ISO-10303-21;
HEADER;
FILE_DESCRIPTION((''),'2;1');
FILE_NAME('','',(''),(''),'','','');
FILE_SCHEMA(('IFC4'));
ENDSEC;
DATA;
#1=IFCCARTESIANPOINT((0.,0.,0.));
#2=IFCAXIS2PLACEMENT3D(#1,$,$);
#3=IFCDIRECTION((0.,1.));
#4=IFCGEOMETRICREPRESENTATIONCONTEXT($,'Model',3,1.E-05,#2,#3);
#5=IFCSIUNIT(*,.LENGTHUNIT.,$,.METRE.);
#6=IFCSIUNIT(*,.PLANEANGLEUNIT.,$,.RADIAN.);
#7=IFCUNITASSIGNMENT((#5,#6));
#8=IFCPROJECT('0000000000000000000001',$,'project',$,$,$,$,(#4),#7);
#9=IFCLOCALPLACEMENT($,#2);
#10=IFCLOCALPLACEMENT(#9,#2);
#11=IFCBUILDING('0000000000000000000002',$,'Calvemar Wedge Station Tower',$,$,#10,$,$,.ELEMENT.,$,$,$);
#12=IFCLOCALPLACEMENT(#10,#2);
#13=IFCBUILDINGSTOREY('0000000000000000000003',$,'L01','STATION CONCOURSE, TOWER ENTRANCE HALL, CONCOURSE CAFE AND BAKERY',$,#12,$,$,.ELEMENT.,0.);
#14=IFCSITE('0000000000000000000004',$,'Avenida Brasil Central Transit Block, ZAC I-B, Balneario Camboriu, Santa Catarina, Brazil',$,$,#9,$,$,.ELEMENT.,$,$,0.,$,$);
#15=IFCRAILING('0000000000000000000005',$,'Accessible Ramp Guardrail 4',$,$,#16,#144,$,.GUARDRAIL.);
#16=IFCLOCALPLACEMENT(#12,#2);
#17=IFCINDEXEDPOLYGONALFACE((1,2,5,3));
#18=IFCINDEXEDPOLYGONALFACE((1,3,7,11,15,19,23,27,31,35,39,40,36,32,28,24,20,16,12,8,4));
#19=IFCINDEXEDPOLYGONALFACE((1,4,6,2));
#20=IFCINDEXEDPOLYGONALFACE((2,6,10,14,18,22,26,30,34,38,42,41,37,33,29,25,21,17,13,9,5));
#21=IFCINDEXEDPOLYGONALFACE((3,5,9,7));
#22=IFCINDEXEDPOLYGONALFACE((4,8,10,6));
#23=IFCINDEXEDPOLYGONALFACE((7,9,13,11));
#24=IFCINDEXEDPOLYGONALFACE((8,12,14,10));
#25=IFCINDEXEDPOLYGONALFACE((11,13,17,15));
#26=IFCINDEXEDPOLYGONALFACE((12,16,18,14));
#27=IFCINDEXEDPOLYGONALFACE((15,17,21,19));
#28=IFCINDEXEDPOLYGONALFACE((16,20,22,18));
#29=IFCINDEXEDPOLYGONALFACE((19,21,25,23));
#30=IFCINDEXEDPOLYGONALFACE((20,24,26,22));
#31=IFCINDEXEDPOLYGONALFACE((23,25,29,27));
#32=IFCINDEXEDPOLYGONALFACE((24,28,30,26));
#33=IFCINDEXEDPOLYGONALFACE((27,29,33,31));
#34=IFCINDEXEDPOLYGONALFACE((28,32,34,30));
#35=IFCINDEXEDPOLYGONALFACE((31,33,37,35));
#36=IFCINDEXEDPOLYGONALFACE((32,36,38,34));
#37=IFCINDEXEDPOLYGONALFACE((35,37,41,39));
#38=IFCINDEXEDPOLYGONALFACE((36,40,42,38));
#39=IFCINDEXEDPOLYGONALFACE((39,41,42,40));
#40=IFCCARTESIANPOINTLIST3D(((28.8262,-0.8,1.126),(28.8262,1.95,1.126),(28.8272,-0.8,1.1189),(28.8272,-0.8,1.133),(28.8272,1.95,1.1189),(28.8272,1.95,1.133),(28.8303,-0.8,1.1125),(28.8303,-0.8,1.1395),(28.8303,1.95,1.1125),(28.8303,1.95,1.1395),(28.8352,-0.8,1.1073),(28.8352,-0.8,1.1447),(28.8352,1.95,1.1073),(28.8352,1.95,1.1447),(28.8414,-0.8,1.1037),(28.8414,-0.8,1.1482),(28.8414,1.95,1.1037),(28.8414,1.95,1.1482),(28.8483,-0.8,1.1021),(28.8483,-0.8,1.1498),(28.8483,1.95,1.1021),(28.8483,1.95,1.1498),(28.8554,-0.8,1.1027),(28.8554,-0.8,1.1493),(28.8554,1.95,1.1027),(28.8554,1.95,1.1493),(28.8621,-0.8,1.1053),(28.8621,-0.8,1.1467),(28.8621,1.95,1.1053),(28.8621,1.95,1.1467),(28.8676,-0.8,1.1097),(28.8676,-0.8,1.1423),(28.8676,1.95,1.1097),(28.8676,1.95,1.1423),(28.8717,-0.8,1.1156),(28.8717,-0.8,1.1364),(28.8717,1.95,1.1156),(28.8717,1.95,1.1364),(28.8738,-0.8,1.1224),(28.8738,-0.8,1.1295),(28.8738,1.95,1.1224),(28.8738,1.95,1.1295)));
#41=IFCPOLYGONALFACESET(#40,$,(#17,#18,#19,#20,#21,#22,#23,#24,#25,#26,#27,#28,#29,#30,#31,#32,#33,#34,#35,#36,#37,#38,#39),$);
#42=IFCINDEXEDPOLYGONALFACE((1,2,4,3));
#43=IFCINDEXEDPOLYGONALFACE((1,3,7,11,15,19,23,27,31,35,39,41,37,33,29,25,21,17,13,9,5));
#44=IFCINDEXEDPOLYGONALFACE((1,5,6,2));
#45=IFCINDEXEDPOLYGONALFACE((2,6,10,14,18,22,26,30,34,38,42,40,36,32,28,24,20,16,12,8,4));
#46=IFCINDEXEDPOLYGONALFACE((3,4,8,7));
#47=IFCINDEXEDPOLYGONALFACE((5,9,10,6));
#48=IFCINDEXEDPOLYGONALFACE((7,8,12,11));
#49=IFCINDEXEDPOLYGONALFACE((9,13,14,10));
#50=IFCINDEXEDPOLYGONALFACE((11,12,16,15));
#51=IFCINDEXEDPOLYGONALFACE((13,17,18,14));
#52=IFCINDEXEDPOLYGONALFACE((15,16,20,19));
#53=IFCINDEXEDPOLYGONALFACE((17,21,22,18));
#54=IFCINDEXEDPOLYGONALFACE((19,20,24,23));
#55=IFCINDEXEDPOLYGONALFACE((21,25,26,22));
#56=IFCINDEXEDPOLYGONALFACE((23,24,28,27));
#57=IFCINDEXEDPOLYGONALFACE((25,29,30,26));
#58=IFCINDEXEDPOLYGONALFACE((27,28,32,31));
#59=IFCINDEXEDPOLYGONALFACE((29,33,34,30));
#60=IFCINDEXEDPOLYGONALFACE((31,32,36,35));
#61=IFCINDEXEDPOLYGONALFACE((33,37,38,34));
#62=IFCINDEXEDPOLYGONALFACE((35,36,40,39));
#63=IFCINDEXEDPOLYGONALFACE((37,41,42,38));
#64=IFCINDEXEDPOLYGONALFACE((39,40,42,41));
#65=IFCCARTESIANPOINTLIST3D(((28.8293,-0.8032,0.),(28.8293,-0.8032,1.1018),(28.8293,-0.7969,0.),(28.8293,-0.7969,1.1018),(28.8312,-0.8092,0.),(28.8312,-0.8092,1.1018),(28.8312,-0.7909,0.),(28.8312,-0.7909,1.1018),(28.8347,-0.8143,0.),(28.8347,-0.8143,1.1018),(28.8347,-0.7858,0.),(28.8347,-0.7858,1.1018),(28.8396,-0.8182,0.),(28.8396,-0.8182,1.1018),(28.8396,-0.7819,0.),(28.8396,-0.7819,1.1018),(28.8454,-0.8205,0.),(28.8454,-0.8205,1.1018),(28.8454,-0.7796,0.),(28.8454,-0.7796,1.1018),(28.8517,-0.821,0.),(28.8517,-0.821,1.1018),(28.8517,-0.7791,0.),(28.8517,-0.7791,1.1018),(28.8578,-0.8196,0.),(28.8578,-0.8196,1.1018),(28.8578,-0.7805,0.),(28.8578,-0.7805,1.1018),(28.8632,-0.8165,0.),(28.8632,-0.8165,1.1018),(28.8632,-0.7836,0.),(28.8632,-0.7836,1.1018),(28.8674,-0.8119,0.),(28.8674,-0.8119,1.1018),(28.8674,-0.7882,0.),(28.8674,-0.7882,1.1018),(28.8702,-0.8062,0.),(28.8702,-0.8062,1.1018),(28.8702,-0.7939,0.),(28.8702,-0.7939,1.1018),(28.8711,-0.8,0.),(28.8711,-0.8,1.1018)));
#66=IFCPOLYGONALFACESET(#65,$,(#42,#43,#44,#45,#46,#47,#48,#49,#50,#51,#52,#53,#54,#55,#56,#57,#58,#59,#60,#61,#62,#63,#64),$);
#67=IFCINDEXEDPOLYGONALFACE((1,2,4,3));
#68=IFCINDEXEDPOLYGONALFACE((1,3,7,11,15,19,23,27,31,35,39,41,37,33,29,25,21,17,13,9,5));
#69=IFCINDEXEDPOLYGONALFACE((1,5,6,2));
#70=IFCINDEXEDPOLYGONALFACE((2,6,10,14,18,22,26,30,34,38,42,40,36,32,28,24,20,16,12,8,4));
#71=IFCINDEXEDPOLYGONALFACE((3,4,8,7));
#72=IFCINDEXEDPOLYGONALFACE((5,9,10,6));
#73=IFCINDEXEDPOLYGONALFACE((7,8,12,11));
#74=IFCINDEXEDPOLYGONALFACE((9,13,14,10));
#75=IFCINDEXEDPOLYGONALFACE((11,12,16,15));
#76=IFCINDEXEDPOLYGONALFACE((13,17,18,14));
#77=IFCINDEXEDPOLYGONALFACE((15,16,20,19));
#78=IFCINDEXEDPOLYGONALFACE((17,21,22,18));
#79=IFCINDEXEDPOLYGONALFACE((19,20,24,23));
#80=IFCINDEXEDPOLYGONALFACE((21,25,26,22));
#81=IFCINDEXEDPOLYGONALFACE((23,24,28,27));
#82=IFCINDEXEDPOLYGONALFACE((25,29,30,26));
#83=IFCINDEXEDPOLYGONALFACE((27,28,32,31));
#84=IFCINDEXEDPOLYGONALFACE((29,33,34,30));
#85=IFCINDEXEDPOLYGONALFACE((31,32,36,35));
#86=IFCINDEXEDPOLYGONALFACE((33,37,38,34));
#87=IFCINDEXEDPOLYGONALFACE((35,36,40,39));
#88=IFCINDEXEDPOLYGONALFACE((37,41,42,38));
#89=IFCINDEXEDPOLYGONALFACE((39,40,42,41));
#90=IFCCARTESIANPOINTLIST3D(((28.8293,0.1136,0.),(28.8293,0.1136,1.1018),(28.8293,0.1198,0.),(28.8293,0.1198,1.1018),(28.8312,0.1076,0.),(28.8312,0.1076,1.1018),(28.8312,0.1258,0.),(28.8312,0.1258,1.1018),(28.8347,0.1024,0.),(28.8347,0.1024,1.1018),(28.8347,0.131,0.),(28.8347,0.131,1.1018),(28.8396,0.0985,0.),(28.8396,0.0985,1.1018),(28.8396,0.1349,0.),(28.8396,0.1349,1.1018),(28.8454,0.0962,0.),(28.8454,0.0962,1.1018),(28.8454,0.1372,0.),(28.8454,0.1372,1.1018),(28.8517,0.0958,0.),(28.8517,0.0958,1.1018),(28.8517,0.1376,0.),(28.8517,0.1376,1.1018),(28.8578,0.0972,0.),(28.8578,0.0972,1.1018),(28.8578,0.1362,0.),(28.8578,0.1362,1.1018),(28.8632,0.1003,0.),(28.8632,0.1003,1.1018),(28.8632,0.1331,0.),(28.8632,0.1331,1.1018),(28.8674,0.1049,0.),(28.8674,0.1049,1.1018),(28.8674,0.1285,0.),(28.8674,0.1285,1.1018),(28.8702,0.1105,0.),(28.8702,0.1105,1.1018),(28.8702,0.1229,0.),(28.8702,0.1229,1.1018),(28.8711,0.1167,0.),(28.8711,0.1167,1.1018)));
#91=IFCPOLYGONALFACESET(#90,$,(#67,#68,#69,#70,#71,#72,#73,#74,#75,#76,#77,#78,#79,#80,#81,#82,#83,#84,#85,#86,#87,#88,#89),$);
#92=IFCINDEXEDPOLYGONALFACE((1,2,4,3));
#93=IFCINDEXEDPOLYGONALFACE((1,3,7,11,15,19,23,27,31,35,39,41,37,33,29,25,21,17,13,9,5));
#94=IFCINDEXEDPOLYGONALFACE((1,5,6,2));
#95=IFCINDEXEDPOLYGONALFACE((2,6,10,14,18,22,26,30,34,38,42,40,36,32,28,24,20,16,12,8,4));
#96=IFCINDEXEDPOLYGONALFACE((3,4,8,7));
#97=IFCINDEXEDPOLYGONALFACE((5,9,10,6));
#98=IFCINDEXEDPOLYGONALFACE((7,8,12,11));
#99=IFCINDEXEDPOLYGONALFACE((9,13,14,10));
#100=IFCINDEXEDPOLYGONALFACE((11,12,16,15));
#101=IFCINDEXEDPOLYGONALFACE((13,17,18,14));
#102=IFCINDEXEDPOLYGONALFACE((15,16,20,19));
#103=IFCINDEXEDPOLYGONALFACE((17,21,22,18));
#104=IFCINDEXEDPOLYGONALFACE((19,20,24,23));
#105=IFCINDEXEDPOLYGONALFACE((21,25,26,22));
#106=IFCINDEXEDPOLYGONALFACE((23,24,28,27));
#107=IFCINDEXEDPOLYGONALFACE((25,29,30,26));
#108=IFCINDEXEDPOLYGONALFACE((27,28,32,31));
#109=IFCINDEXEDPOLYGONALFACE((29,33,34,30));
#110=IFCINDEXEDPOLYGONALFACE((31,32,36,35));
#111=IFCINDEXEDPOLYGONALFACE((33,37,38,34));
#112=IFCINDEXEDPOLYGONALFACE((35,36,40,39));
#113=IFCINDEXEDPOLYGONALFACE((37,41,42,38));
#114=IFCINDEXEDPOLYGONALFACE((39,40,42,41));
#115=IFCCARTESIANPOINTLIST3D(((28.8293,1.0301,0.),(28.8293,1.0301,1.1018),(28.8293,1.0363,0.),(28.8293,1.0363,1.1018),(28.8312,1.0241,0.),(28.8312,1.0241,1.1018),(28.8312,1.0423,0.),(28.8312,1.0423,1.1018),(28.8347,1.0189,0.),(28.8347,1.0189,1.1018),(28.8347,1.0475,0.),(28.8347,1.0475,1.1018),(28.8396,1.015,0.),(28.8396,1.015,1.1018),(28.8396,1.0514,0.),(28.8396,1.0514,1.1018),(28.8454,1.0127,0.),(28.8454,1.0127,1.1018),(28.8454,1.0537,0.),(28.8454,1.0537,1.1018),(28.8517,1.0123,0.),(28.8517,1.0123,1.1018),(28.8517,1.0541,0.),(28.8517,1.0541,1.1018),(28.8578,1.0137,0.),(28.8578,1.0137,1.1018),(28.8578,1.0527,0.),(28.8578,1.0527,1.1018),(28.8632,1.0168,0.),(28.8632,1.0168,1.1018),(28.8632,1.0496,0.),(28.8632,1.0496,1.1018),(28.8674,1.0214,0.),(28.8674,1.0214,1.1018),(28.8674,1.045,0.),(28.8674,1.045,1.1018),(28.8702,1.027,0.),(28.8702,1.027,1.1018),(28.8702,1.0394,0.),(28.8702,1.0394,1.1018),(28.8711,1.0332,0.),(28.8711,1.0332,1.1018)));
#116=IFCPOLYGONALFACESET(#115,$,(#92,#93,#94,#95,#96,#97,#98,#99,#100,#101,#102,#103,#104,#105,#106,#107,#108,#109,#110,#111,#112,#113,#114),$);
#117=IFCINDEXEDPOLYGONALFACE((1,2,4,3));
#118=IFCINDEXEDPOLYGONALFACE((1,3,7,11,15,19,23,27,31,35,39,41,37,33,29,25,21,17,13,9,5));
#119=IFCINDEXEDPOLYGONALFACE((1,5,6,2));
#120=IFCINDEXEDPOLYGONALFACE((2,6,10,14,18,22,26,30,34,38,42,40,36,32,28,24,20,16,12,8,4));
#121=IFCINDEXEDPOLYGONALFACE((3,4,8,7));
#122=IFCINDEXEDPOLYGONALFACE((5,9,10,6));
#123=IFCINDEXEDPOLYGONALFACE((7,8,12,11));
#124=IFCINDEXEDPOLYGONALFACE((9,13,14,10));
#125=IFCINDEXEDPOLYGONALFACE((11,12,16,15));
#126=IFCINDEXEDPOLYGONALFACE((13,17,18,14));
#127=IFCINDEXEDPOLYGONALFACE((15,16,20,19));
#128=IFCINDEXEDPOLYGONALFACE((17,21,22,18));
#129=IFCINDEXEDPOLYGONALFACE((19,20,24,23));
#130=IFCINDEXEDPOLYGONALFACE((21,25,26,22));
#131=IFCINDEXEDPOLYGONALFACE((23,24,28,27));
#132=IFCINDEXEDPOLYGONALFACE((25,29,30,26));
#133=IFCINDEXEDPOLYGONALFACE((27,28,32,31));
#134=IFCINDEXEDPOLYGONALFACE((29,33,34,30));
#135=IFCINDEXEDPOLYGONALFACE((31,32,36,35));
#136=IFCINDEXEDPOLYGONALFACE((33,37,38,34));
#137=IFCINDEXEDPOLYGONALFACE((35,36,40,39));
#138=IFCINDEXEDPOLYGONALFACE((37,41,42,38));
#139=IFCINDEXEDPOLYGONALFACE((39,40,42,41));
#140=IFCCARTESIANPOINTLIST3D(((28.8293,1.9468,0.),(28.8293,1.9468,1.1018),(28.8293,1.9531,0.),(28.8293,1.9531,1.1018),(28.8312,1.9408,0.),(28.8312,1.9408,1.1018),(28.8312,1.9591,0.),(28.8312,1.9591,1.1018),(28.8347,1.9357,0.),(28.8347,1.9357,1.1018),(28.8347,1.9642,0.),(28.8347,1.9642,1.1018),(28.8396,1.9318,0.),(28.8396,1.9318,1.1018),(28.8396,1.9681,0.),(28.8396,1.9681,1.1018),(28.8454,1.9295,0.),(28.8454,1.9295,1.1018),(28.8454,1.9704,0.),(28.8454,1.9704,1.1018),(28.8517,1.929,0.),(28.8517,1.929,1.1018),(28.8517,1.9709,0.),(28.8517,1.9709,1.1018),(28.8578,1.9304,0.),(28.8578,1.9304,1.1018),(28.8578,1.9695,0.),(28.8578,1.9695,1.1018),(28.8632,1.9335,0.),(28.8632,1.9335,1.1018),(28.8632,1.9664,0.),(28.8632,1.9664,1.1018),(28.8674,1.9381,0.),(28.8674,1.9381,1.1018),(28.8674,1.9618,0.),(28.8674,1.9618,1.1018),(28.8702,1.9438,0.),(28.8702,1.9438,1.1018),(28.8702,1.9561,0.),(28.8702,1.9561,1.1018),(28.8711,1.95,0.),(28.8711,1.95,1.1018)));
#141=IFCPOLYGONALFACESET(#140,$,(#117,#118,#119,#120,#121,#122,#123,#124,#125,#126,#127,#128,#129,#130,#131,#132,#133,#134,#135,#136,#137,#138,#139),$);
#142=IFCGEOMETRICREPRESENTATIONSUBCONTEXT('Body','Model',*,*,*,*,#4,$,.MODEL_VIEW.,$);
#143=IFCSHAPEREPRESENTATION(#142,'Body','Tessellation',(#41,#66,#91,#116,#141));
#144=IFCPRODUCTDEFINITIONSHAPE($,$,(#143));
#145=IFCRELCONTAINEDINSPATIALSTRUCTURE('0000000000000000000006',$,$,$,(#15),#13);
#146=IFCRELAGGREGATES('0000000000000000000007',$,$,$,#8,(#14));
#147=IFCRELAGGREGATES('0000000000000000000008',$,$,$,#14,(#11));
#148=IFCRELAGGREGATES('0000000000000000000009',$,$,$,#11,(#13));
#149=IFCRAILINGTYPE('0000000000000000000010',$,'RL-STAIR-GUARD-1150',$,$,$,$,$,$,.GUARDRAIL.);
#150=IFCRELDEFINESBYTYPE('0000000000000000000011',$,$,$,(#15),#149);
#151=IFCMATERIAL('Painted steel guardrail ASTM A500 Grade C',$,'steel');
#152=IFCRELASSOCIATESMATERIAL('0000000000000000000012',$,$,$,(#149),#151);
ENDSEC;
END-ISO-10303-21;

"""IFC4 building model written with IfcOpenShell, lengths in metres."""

from ifc_helpers import new_model, si_unit, direction, frame, origin, origin_2d, place, context, subcontext, project, spatial, circle, extrude, material, type_object, element, save


model = new_model("IFC4")

# Units and contexts
model_context = context("Model", 3, precision=1e-05, world=origin(), true_north=direction((0.0, 1.0)))
body_context = subcontext(model_context, "Body", "Model", "MODEL_VIEW")
ifc_project = project(units=[si_unit("LENGTHUNIT", "METRE"), si_unit("PLANEANGLEUNIT", "RADIAN")], contexts=[model_context])

# Site, building, storey
site_placement = place(None, origin())
site = spatial("IfcSite", under=ifc_project, at=site_placement, Name="Avenida Brasil Central Transit Block, ZAC I-B, Balneario Camboriu, Santa Catarina, Brazil", CompositionType="ELEMENT", RefElevation=0.0)
building_placement = place(site_placement, origin())
building = spatial("IfcBuilding", under=site, at=building_placement, Name="Calvemar Wedge Station Tower", CompositionType="ELEMENT")
storey_placement = place(building_placement, origin())
storey = spatial("IfcBuildingStorey", under=building, at=storey_placement, Name="L01", Description="STATION CONCOURSE, TOWER ENTRANCE HALL, CONCOURSE CAFE AND BAKERY", CompositionType="ELEMENT", Elevation=0.0)

# Railing
ifc_material_1 = material(Name="Painted steel guardrail ASTM A500 Grade C", Category="steel")
railing_type_1 = type_object("IfcRailingType", Name="RL-STAIR-GUARD-1150", PredefinedType="GUARDRAIL", material=ifc_material_1)
for number, where, name in (
    (1, (28.8501, -0.8, 0.0), "Accessible Ramp Guardrail 4"),
):
    element("IfcRailing", number, at=place(storey_placement, frame(where)), inside=storey, type_object=railing_type_1, Name=name, PredefinedType="GUARDRAIL", context=body_context, shape_type="SweptSolid", body=[
        extrude(circle(Radius=0.0239, at=origin_2d()), frame((0.0, 0.0, 1.126), z_axis=(0.0, 1.0, 0.0), x_axis=(-1.0, 0.0, 0.0)), (0.0, 0.0, 1.0), 2.75),
        extrude(circle(Radius=0.021, at=origin_2d()), origin(), (0.0, 0.0, 1.0), 1.1018),
        extrude(circle(Radius=0.021, at=origin_2d()), frame((0.0, 0.9167, 0.0)), (0.0, 0.0, 1.0), 1.1018),
        extrude(circle(Radius=0.021, at=origin_2d()), frame((0.0, 1.8333, 0.0)), (0.0, 0.0, 1.0), 1.1018),
        extrude(circle(Radius=0.021, at=origin_2d()), frame((0.0, 2.75, 0.0)), (0.0, 0.0, 1.0), 1.1018),
    ])

save(model, "model.ifc")
